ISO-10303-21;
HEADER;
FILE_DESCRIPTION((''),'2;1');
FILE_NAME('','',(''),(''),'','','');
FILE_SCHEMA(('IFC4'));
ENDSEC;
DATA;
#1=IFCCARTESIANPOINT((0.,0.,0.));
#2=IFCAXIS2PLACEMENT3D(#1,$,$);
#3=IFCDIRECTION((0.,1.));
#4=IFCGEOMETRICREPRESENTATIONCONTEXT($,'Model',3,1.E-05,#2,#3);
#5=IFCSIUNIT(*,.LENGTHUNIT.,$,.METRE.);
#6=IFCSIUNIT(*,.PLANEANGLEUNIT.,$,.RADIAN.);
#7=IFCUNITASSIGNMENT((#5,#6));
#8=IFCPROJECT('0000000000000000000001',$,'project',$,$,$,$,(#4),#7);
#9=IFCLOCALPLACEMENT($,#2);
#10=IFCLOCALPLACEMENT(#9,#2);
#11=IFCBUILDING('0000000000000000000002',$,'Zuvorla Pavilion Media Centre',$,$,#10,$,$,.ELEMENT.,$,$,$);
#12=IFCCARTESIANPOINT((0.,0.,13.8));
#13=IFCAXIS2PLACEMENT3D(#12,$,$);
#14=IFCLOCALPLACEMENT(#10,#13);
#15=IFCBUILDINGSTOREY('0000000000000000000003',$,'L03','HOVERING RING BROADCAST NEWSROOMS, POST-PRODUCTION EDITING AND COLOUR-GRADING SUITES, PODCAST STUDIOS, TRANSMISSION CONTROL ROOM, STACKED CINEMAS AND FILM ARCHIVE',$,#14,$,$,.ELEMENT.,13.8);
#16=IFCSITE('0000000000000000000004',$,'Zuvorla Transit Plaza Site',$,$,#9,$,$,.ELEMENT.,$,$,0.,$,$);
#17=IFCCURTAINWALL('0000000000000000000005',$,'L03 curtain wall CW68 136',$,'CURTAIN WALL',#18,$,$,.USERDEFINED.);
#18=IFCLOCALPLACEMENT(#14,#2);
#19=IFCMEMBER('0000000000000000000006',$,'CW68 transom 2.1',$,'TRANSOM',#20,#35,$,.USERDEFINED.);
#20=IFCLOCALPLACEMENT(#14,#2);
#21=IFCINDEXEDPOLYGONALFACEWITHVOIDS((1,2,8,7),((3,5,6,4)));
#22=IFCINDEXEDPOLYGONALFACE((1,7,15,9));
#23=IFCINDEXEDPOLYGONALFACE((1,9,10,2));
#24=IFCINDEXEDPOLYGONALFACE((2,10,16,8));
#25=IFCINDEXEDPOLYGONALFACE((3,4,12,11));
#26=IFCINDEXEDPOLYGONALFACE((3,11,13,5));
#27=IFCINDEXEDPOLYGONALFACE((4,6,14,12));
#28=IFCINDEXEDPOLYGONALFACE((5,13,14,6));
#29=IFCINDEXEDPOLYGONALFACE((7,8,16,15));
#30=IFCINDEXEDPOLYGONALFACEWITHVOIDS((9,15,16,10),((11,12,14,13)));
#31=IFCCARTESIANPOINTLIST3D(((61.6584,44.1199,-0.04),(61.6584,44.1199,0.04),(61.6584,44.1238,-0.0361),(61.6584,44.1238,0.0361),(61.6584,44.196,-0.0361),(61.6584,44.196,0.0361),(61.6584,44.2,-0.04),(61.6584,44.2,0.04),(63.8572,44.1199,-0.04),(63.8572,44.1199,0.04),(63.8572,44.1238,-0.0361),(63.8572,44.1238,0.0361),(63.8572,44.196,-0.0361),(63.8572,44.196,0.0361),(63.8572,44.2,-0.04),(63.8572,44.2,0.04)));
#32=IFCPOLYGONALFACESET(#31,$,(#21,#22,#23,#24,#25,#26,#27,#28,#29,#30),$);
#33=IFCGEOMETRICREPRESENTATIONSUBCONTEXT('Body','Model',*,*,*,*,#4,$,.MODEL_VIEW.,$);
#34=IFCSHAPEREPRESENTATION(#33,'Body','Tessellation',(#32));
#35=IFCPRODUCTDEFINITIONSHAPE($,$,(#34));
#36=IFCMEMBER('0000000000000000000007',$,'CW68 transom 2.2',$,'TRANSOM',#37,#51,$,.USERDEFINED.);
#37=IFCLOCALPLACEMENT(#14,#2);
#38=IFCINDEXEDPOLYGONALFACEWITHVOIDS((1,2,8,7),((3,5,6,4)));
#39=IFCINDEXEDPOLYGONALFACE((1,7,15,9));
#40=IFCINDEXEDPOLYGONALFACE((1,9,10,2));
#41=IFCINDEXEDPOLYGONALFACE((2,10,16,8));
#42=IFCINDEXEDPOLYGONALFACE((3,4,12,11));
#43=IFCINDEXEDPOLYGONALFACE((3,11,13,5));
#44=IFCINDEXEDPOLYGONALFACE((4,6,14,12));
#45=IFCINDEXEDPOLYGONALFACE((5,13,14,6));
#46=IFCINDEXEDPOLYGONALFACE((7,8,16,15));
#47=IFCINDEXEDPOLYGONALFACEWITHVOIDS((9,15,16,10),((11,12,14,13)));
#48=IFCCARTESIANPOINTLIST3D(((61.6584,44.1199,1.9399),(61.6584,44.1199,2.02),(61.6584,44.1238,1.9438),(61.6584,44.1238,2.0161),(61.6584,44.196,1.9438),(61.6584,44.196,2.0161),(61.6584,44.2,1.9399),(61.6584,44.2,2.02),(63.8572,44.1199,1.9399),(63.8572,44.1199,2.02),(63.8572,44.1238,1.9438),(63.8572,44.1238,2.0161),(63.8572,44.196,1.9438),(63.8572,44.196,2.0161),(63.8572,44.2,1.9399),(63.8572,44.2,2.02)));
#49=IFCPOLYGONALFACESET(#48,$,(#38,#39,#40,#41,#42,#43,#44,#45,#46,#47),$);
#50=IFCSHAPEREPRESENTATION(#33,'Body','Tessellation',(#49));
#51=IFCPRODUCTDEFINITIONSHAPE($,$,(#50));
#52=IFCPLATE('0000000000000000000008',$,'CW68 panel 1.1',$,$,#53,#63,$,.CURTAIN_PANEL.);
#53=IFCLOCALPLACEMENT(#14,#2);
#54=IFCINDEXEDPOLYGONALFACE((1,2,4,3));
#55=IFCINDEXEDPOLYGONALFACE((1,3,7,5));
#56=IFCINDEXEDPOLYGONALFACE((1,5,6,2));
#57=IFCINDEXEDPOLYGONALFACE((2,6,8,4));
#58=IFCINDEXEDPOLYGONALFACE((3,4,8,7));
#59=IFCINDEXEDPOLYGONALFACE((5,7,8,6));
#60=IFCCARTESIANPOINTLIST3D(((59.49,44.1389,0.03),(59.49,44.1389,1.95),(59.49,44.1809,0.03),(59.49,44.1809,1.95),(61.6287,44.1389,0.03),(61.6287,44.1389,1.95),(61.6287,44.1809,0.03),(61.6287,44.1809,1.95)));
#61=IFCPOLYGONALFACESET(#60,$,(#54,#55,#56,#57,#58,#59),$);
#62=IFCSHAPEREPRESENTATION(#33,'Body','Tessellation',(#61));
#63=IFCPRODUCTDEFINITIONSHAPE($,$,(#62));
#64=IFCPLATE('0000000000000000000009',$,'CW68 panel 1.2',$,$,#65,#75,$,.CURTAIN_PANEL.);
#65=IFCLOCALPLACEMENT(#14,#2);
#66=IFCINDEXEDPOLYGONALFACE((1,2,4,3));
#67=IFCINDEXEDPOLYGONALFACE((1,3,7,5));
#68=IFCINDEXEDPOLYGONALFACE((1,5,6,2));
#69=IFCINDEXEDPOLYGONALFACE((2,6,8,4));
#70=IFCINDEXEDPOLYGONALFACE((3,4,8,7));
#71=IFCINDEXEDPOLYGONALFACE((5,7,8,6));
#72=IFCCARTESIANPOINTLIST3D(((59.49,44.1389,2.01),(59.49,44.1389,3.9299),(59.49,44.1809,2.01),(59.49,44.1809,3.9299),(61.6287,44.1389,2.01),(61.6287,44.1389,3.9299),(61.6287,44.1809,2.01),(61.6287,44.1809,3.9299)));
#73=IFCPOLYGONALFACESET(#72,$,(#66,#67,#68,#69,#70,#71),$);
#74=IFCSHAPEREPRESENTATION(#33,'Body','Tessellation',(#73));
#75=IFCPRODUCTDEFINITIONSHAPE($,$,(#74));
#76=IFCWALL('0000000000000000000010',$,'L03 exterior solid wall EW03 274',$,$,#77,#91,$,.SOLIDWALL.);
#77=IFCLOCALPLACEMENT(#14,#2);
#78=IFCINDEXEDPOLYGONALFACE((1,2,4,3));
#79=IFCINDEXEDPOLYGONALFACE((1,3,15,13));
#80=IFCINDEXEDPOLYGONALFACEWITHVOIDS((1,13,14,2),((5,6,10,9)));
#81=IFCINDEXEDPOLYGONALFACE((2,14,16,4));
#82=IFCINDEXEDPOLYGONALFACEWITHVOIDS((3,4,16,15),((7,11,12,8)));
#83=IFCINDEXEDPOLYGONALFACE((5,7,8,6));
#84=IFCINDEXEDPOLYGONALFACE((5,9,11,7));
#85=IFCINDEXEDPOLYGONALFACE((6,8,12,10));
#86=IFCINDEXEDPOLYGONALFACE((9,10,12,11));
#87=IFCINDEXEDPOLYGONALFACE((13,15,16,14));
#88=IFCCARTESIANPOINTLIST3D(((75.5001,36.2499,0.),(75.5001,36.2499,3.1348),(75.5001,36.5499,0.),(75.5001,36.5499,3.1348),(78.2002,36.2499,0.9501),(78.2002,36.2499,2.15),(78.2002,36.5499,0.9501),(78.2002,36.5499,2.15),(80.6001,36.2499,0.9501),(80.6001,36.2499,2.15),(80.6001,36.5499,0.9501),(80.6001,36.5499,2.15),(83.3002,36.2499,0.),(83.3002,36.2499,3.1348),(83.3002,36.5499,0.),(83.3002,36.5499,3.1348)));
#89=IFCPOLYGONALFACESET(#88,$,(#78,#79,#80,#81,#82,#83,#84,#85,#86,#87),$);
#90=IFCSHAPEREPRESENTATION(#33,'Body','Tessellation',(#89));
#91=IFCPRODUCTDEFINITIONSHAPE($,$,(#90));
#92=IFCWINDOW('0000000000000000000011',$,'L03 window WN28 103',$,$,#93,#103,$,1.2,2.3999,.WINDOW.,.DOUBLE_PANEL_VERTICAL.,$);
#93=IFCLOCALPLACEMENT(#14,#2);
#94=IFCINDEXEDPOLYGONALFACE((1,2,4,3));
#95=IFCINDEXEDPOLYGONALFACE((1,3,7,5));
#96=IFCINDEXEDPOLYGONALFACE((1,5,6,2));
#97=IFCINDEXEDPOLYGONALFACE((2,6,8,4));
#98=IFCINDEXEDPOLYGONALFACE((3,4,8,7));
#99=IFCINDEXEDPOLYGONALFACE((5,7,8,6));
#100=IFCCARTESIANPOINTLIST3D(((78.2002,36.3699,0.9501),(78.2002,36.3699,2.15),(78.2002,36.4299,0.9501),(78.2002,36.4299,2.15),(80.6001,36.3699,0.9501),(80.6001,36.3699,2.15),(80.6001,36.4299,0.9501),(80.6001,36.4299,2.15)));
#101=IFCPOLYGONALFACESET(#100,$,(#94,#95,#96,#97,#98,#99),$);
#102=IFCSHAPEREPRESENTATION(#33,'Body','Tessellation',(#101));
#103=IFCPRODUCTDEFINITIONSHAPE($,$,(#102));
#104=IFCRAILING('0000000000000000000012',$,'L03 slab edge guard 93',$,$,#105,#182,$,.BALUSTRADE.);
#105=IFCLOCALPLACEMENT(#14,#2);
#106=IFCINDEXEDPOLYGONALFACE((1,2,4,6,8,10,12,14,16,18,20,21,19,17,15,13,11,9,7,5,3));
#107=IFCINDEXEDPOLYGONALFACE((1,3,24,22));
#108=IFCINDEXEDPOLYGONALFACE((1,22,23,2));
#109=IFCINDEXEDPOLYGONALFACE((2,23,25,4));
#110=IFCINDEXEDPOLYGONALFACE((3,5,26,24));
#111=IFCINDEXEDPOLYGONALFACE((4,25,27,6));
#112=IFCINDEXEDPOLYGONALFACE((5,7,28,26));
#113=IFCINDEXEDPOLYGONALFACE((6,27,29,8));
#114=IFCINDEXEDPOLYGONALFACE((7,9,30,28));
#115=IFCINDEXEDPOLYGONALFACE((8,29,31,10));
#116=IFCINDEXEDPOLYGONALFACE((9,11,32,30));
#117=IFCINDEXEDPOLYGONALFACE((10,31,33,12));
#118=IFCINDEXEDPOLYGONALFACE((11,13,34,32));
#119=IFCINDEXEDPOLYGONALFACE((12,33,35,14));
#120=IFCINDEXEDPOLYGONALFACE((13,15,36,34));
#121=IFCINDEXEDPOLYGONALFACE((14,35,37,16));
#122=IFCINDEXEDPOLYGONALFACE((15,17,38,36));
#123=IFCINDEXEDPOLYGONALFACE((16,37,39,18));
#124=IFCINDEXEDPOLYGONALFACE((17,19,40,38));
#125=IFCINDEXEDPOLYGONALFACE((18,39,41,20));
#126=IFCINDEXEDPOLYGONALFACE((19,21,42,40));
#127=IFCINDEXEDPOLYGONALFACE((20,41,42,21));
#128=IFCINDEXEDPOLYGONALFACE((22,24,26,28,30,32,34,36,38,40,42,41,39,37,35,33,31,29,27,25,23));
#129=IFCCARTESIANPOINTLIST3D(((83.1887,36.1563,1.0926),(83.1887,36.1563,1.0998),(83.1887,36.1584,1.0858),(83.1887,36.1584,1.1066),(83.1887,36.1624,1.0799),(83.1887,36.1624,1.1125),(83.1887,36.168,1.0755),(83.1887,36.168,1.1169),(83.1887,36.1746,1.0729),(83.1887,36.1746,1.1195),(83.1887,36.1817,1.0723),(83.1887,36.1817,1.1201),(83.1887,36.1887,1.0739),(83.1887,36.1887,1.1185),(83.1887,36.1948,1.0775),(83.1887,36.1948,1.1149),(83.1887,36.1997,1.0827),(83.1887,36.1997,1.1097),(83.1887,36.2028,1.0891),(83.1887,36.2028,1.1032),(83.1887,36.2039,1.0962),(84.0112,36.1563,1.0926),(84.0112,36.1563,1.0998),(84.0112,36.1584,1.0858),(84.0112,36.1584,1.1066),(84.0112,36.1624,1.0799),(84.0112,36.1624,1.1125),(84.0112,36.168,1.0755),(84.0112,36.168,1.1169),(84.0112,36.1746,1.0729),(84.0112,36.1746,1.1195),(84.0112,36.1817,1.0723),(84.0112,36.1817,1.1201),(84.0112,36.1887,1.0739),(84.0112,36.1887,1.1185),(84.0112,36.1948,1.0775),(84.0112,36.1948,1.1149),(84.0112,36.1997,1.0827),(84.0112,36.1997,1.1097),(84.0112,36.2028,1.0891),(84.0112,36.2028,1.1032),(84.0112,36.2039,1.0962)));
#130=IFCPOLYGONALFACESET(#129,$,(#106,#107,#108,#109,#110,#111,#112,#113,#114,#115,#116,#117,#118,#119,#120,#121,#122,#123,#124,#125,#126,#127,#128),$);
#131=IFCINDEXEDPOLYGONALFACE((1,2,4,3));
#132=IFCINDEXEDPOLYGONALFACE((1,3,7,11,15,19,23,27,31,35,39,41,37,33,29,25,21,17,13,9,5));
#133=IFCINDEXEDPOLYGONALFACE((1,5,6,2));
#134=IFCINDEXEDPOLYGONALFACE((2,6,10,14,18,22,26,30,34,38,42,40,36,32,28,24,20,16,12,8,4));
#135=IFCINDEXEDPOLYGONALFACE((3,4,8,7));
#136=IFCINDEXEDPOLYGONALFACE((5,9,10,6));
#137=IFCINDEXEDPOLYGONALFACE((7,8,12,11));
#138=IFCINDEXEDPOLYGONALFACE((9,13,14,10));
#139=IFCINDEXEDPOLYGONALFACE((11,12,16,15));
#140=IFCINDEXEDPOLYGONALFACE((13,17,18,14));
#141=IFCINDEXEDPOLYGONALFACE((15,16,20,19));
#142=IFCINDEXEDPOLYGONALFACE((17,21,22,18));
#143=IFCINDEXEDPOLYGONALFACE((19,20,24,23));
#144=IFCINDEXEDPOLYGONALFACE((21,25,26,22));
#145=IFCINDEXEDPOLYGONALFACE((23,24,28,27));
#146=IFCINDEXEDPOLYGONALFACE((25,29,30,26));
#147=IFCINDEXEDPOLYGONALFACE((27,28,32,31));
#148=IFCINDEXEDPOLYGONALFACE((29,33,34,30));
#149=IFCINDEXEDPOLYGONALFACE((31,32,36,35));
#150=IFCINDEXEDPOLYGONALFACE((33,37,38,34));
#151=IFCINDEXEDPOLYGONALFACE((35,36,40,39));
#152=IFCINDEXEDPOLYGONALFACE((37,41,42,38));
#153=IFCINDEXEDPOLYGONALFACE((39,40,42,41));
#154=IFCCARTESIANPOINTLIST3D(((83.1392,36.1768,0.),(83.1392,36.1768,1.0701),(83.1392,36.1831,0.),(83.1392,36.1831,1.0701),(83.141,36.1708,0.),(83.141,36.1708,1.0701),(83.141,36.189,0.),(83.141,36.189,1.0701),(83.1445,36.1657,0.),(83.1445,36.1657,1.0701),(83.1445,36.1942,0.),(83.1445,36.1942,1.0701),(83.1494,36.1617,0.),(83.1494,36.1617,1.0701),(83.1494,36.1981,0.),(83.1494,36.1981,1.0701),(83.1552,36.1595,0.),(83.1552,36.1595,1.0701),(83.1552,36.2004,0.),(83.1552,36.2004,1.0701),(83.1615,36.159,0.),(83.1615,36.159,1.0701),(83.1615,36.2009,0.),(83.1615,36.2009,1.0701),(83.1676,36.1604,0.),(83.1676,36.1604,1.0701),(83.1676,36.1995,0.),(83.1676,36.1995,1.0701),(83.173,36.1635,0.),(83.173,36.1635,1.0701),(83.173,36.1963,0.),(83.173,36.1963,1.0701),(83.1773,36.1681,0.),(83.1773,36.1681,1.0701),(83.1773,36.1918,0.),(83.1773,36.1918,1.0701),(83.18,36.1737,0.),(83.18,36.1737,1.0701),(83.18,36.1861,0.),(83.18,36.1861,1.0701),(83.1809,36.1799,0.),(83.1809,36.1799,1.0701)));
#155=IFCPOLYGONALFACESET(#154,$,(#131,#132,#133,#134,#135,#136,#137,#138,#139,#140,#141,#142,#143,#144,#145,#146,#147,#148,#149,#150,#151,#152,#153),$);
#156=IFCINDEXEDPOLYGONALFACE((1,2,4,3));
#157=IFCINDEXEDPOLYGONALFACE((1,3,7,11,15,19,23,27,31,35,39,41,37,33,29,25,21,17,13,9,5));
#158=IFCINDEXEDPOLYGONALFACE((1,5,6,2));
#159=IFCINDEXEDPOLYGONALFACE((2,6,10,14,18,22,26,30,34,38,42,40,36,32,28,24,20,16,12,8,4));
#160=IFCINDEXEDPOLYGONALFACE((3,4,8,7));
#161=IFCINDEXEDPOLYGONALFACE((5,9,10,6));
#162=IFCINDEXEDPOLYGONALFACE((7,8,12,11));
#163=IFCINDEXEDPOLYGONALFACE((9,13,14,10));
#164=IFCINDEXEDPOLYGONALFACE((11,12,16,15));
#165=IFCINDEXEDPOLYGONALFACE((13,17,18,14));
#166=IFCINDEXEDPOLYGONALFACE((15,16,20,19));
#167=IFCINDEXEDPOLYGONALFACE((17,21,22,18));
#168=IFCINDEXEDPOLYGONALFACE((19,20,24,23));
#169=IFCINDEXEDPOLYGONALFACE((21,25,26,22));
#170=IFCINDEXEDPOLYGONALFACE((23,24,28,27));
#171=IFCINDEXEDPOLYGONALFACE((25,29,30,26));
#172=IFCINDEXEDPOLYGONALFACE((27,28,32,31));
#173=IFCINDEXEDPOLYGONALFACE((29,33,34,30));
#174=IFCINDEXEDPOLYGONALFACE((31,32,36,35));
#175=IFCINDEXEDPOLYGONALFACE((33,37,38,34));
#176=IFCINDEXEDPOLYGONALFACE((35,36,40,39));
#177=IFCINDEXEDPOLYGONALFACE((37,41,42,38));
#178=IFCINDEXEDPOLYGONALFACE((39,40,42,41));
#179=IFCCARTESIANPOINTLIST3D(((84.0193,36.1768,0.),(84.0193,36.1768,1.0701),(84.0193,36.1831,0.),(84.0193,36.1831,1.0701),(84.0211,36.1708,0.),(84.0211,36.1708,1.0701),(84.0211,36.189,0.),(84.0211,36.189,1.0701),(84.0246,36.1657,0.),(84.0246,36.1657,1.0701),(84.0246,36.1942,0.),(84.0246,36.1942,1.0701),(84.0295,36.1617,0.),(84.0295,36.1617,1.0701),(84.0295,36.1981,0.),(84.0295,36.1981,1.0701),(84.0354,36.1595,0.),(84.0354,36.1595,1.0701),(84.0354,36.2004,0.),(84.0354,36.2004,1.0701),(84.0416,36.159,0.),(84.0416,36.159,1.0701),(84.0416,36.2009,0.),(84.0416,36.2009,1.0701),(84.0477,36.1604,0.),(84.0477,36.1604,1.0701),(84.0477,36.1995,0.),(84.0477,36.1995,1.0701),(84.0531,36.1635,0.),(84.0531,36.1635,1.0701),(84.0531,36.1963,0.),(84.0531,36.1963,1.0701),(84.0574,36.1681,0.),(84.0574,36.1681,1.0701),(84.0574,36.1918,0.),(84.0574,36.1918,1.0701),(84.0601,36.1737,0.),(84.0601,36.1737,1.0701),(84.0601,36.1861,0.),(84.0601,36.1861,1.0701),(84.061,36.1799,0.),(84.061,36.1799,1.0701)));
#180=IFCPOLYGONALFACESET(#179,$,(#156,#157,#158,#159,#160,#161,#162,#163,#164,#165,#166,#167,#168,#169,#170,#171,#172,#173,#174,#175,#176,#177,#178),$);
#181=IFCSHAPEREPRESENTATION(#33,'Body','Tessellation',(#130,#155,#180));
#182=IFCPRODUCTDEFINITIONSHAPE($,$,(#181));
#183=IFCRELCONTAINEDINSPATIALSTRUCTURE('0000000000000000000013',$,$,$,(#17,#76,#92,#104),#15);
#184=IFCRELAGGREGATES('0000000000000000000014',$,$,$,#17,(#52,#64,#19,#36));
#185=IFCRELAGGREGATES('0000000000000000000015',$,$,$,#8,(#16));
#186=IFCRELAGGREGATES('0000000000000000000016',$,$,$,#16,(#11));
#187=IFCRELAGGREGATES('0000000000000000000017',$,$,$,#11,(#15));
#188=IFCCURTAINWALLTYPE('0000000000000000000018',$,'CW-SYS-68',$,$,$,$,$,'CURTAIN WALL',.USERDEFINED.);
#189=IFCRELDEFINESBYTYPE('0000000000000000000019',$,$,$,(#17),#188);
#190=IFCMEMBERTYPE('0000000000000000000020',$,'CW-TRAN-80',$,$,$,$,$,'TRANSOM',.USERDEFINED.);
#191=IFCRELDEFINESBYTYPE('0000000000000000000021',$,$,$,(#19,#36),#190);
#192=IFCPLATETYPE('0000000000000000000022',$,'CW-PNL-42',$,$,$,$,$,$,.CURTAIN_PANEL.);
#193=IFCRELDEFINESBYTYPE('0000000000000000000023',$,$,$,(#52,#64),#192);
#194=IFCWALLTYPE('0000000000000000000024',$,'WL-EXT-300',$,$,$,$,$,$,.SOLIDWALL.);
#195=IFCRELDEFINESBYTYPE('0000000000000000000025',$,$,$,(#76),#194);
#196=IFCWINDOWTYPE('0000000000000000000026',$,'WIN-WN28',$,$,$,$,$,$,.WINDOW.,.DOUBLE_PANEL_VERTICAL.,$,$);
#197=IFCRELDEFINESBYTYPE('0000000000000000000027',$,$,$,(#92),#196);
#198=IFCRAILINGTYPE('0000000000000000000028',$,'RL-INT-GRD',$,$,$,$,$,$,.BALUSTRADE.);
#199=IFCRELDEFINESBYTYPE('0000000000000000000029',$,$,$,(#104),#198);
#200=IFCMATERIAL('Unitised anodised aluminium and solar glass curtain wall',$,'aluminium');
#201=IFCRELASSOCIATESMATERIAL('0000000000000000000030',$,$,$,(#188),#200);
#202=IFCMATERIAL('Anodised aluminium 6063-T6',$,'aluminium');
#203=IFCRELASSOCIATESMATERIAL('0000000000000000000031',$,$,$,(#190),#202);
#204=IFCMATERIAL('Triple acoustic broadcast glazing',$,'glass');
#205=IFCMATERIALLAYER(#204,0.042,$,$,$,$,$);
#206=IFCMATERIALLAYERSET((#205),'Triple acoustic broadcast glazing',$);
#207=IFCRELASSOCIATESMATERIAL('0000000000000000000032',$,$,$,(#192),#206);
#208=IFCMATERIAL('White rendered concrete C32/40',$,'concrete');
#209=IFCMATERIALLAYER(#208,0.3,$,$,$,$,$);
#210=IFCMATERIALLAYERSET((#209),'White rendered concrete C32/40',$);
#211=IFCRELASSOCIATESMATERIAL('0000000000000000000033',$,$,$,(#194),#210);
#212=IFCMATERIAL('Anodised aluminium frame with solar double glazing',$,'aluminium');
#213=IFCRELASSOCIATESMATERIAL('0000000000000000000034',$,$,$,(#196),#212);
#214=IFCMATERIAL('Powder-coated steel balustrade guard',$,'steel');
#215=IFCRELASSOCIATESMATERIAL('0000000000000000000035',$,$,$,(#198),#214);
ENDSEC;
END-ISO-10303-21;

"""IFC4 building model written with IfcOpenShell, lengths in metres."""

from ifc_helpers import new_model, si_unit, direction, frame, frame_2d, origin, origin_2d, place, context, subcontext, project, spatial, rectangle, hollow_rectangle, circle, extrude, material, layer, layer_set, material_profile, profile_set, type_object, element, fill, aggregate, save


model = new_model("IFC4")

# Units and contexts
model_context = context("Model", 3, precision=1e-05, world=origin(), true_north=direction((0.0, 1.0)))
body_context = subcontext(model_context, "Body", "Model", "MODEL_VIEW")
ifc_project = project(units=[si_unit("LENGTHUNIT", "METRE"), si_unit("PLANEANGLEUNIT", "RADIAN")], contexts=[model_context])

# Site, building, storey
site_placement = place(None, origin())
site = spatial("IfcSite", under=ifc_project, at=site_placement, Name="Zuvorla Transit Plaza Site", CompositionType="ELEMENT", RefElevation=0.0)
building_placement = place(site_placement, origin())
building = spatial("IfcBuilding", under=site, at=building_placement, Name="Zuvorla Pavilion Media Centre", CompositionType="ELEMENT")
storey_placement = place(building_placement, frame((0.0, 0.0, 13.8)))
storey = spatial("IfcBuildingStorey", under=building, at=storey_placement, Name="L03", Description="HOVERING RING BROADCAST NEWSROOMS, POST-PRODUCTION EDITING AND COLOUR-GRADING SUITES, PODCAST STUDIOS, TRANSMISSION CONTROL ROOM, STACKED CINEMAS AND FILM ARCHIVE", CompositionType="ELEMENT", Elevation=13.8)

# Curtain wall, members, plates
ifc_material_1 = material(Name="Unitised anodised aluminium and solar glass curtain wall", Category="aluminium")
curtain_wall_type = type_object("IfcCurtainWallType", Name="CW-SYS-68", ElementType="CURTAIN WALL", PredefinedType="USERDEFINED", material=ifc_material_1)
curtain_wall_placement = place(storey_placement, origin())
curtain_wall = element("IfcCurtainWall", 1, at=curtain_wall_placement, inside=storey, type_object=curtain_wall_type, Name="L03 curtain wall CW68 136", ObjectType="CURTAIN WALL", PredefinedType="USERDEFINED")
ifc_material_2 = material(Name="Anodised aluminium 6063-T6", Category="aluminium")
ifc_material_profile_1 = material_profile(ifc_material_2, hollow_rectangle(XDim=0.0801, YDim=0.0801, WallThickness=0.0039, at=origin_2d()), Name="ALU TRAN 80x80")
ifc_profile_set_1 = profile_set([ifc_material_profile_1], Name="Anodised aluminium 6063-T6")
member_type_1 = type_object("IfcMemberType", Name="CW-TRAN-80", ElementType="TRANSOM", PredefinedType="USERDEFINED", material=ifc_profile_set_1)
member_1_placement = place(storey_placement, frame((61.6584, 44.1599, 0.0), z_axis=(1.0, 0.0, 0.0), x_axis=(0.0, 1.0, 0.0)))
member_1 = element("IfcMember", 2, at=member_1_placement, type_object=member_type_1, Name="CW68 transom 2.1", ObjectType="TRANSOM", PredefinedType="USERDEFINED", context=body_context, shape_type="SweptSolid", body=[
    extrude(hollow_rectangle(XDim=0.0801, YDim=0.0801, WallThickness=0.0039, at=origin_2d()), origin(), (0.0, 0.0, 1.0), 2.1987),
])
member_2_placement = place(storey_placement, frame((61.6584, 44.1599, 1.98), z_axis=(1.0, 0.0, 0.0), x_axis=(0.0, 1.0, 0.0)))
member_2 = element("IfcMember", 3, at=member_2_placement, type_object=member_type_1, Name="CW68 transom 2.2", ObjectType="TRANSOM", PredefinedType="USERDEFINED", context=body_context, shape_type="SweptSolid", body=[
    extrude(hollow_rectangle(XDim=0.0801, YDim=0.0801, WallThickness=0.0039, at=origin_2d()), origin(), (0.0, 0.0, 1.0), 2.1987),
])
ifc_material_3 = material(Name="Triple acoustic broadcast glazing", Category="glass")
ifc_layer_1 = layer(ifc_material_3, 0.042)
ifc_layer_set_1 = layer_set([ifc_layer_1], Name="Triple acoustic broadcast glazing")
plate_type = type_object("IfcPlateType", Name="CW-PNL-42", PredefinedType="CURTAIN_PANEL", material=ifc_layer_set_1)
plate_1_placement = place(storey_placement, frame((60.5593, 44.1599, 0.03), z_axis=(0.0, 0.0, 1.0), x_axis=(1.0, 0.0, 0.0)))
plate_1 = element("IfcPlate", 4, at=plate_1_placement, type_object=plate_type, Name="CW68 panel 1.1", PredefinedType="CURTAIN_PANEL", context=body_context, shape_type="SweptSolid", body=[
    extrude(rectangle(XDim=2.1387, YDim=0.042, at=origin_2d()), origin(), (0.0, 0.0, 1.0), 1.9199),
])
plate_2_placement = place(storey_placement, frame((60.5593, 44.1599, 2.01), z_axis=(0.0, 0.0, 1.0), x_axis=(1.0, 0.0, 0.0)))
plate_2 = element("IfcPlate", 5, at=plate_2_placement, type_object=plate_type, Name="CW68 panel 1.2", PredefinedType="CURTAIN_PANEL", context=body_context, shape_type="SweptSolid", body=[
    extrude(rectangle(XDim=2.1387, YDim=0.042, at=origin_2d()), origin(), (0.0, 0.0, 1.0), 1.9199),
])
aggregate(curtain_wall, [plate_1, plate_2, member_1, member_2])

# Wall, opening, window
ifc_material_4 = material(Name="White rendered concrete C32/40", Category="concrete")
ifc_layer_2 = layer(ifc_material_4, 0.3)
ifc_layer_set_2 = layer_set([ifc_layer_2], Name="White rendered concrete C32/40")
wall_type = type_object("IfcWallType", Name="WL-EXT-300", PredefinedType="SOLIDWALL", material=ifc_layer_set_2)
wall_placement = place(storey_placement, frame((83.3, 36.3999, 0.0), z_axis=(0.0, 0.0, 1.0), x_axis=(-1.0, 0.0, 0.0)))
wall = element("IfcWall", 6, at=wall_placement, inside=storey, type_object=wall_type, Name="L03 exterior solid wall EW03 274", PredefinedType="SOLIDWALL", context=body_context, shape_type="SweptSolid", body=[
    extrude(rectangle(XDim=7.8, YDim=0.3, at=frame_2d((3.8999, 0.0))), origin(), (0.0, 0.0, 1.0), 3.1348),
])
opening_placement = place(wall_placement, frame((2.7, 0.0, 0.95)))
opening = element("IfcOpeningElement", 7, at=opening_placement, cuts=wall, PredefinedType="OPENING", context=body_context, shape_type="SweptSolid", body=[
    extrude(rectangle(XDim=2.3999, YDim=1.2, at=frame_2d((1.2, 0.6001))), frame((0.0, 0.1599, 0.0), z_axis=(0.0, -1.0, 0.0), x_axis=(1.0, 0.0, 0.0)), (0.0, 0.0, 1.0), 0.3201),
])
ifc_material_5 = material(Name="Anodised aluminium frame with solar double glazing", Category="aluminium")
window_type = type_object("IfcWindowType", Name="WIN-WN28", PartitioningType="DOUBLE_PANEL_VERTICAL", PredefinedType="WINDOW", material=ifc_material_5)
window_placement = place(opening_placement, origin())
window = element("IfcWindow", 8, at=window_placement, inside=storey, type_object=window_type, Name="L03 window WN28 103", OverallHeight=1.2, OverallWidth=2.3999, PartitioningType="DOUBLE_PANEL_VERTICAL", PredefinedType="WINDOW", context=body_context, shape_type="SweptSolid", body=[
    extrude(rectangle(XDim=2.3999, YDim=1.2, at=frame_2d((1.2, 0.6001))), frame((0.0, 0.03, 0.0), z_axis=(0.0, -1.0, 0.0), x_axis=(1.0, 0.0, 0.0)), (0.0, 0.0, 1.0), 0.0601),
])
fill(opening, window)

# Railing
ifc_material_6 = material(Name="Powder-coated steel balustrade guard", Category="steel")
railing_type = type_object("IfcRailingType", Name="RL-INT-GRD", PredefinedType="BALUSTRADE", material=ifc_material_6)
railing_placement = place(storey_placement, frame((83.1599, 36.1799, 0.0)))
element("IfcRailing", 9, at=railing_placement, inside=storey, type_object=railing_type, Name="L03 slab edge guard 93", PredefinedType="BALUSTRADE", context=body_context, shape_type="SweptSolid", body=[
    extrude(circle(Radius=0.0239, at=origin_2d()), frame((0.0288, 0.0, 1.0962), z_axis=(1.0, 0.0, 0.0), x_axis=(0.0, 1.0, 0.0)), (0.0, 0.0, 1.0), 0.8225),
    extrude(circle(Radius=0.021, at=origin_2d()), origin(), (0.0, 0.0, 1.0), 1.0701),
    extrude(circle(Radius=0.021, at=origin_2d()), frame((0.8801, 0.0, 0.0)), (0.0, 0.0, 1.0), 1.0701),
])

save(model, "model.ifc")
